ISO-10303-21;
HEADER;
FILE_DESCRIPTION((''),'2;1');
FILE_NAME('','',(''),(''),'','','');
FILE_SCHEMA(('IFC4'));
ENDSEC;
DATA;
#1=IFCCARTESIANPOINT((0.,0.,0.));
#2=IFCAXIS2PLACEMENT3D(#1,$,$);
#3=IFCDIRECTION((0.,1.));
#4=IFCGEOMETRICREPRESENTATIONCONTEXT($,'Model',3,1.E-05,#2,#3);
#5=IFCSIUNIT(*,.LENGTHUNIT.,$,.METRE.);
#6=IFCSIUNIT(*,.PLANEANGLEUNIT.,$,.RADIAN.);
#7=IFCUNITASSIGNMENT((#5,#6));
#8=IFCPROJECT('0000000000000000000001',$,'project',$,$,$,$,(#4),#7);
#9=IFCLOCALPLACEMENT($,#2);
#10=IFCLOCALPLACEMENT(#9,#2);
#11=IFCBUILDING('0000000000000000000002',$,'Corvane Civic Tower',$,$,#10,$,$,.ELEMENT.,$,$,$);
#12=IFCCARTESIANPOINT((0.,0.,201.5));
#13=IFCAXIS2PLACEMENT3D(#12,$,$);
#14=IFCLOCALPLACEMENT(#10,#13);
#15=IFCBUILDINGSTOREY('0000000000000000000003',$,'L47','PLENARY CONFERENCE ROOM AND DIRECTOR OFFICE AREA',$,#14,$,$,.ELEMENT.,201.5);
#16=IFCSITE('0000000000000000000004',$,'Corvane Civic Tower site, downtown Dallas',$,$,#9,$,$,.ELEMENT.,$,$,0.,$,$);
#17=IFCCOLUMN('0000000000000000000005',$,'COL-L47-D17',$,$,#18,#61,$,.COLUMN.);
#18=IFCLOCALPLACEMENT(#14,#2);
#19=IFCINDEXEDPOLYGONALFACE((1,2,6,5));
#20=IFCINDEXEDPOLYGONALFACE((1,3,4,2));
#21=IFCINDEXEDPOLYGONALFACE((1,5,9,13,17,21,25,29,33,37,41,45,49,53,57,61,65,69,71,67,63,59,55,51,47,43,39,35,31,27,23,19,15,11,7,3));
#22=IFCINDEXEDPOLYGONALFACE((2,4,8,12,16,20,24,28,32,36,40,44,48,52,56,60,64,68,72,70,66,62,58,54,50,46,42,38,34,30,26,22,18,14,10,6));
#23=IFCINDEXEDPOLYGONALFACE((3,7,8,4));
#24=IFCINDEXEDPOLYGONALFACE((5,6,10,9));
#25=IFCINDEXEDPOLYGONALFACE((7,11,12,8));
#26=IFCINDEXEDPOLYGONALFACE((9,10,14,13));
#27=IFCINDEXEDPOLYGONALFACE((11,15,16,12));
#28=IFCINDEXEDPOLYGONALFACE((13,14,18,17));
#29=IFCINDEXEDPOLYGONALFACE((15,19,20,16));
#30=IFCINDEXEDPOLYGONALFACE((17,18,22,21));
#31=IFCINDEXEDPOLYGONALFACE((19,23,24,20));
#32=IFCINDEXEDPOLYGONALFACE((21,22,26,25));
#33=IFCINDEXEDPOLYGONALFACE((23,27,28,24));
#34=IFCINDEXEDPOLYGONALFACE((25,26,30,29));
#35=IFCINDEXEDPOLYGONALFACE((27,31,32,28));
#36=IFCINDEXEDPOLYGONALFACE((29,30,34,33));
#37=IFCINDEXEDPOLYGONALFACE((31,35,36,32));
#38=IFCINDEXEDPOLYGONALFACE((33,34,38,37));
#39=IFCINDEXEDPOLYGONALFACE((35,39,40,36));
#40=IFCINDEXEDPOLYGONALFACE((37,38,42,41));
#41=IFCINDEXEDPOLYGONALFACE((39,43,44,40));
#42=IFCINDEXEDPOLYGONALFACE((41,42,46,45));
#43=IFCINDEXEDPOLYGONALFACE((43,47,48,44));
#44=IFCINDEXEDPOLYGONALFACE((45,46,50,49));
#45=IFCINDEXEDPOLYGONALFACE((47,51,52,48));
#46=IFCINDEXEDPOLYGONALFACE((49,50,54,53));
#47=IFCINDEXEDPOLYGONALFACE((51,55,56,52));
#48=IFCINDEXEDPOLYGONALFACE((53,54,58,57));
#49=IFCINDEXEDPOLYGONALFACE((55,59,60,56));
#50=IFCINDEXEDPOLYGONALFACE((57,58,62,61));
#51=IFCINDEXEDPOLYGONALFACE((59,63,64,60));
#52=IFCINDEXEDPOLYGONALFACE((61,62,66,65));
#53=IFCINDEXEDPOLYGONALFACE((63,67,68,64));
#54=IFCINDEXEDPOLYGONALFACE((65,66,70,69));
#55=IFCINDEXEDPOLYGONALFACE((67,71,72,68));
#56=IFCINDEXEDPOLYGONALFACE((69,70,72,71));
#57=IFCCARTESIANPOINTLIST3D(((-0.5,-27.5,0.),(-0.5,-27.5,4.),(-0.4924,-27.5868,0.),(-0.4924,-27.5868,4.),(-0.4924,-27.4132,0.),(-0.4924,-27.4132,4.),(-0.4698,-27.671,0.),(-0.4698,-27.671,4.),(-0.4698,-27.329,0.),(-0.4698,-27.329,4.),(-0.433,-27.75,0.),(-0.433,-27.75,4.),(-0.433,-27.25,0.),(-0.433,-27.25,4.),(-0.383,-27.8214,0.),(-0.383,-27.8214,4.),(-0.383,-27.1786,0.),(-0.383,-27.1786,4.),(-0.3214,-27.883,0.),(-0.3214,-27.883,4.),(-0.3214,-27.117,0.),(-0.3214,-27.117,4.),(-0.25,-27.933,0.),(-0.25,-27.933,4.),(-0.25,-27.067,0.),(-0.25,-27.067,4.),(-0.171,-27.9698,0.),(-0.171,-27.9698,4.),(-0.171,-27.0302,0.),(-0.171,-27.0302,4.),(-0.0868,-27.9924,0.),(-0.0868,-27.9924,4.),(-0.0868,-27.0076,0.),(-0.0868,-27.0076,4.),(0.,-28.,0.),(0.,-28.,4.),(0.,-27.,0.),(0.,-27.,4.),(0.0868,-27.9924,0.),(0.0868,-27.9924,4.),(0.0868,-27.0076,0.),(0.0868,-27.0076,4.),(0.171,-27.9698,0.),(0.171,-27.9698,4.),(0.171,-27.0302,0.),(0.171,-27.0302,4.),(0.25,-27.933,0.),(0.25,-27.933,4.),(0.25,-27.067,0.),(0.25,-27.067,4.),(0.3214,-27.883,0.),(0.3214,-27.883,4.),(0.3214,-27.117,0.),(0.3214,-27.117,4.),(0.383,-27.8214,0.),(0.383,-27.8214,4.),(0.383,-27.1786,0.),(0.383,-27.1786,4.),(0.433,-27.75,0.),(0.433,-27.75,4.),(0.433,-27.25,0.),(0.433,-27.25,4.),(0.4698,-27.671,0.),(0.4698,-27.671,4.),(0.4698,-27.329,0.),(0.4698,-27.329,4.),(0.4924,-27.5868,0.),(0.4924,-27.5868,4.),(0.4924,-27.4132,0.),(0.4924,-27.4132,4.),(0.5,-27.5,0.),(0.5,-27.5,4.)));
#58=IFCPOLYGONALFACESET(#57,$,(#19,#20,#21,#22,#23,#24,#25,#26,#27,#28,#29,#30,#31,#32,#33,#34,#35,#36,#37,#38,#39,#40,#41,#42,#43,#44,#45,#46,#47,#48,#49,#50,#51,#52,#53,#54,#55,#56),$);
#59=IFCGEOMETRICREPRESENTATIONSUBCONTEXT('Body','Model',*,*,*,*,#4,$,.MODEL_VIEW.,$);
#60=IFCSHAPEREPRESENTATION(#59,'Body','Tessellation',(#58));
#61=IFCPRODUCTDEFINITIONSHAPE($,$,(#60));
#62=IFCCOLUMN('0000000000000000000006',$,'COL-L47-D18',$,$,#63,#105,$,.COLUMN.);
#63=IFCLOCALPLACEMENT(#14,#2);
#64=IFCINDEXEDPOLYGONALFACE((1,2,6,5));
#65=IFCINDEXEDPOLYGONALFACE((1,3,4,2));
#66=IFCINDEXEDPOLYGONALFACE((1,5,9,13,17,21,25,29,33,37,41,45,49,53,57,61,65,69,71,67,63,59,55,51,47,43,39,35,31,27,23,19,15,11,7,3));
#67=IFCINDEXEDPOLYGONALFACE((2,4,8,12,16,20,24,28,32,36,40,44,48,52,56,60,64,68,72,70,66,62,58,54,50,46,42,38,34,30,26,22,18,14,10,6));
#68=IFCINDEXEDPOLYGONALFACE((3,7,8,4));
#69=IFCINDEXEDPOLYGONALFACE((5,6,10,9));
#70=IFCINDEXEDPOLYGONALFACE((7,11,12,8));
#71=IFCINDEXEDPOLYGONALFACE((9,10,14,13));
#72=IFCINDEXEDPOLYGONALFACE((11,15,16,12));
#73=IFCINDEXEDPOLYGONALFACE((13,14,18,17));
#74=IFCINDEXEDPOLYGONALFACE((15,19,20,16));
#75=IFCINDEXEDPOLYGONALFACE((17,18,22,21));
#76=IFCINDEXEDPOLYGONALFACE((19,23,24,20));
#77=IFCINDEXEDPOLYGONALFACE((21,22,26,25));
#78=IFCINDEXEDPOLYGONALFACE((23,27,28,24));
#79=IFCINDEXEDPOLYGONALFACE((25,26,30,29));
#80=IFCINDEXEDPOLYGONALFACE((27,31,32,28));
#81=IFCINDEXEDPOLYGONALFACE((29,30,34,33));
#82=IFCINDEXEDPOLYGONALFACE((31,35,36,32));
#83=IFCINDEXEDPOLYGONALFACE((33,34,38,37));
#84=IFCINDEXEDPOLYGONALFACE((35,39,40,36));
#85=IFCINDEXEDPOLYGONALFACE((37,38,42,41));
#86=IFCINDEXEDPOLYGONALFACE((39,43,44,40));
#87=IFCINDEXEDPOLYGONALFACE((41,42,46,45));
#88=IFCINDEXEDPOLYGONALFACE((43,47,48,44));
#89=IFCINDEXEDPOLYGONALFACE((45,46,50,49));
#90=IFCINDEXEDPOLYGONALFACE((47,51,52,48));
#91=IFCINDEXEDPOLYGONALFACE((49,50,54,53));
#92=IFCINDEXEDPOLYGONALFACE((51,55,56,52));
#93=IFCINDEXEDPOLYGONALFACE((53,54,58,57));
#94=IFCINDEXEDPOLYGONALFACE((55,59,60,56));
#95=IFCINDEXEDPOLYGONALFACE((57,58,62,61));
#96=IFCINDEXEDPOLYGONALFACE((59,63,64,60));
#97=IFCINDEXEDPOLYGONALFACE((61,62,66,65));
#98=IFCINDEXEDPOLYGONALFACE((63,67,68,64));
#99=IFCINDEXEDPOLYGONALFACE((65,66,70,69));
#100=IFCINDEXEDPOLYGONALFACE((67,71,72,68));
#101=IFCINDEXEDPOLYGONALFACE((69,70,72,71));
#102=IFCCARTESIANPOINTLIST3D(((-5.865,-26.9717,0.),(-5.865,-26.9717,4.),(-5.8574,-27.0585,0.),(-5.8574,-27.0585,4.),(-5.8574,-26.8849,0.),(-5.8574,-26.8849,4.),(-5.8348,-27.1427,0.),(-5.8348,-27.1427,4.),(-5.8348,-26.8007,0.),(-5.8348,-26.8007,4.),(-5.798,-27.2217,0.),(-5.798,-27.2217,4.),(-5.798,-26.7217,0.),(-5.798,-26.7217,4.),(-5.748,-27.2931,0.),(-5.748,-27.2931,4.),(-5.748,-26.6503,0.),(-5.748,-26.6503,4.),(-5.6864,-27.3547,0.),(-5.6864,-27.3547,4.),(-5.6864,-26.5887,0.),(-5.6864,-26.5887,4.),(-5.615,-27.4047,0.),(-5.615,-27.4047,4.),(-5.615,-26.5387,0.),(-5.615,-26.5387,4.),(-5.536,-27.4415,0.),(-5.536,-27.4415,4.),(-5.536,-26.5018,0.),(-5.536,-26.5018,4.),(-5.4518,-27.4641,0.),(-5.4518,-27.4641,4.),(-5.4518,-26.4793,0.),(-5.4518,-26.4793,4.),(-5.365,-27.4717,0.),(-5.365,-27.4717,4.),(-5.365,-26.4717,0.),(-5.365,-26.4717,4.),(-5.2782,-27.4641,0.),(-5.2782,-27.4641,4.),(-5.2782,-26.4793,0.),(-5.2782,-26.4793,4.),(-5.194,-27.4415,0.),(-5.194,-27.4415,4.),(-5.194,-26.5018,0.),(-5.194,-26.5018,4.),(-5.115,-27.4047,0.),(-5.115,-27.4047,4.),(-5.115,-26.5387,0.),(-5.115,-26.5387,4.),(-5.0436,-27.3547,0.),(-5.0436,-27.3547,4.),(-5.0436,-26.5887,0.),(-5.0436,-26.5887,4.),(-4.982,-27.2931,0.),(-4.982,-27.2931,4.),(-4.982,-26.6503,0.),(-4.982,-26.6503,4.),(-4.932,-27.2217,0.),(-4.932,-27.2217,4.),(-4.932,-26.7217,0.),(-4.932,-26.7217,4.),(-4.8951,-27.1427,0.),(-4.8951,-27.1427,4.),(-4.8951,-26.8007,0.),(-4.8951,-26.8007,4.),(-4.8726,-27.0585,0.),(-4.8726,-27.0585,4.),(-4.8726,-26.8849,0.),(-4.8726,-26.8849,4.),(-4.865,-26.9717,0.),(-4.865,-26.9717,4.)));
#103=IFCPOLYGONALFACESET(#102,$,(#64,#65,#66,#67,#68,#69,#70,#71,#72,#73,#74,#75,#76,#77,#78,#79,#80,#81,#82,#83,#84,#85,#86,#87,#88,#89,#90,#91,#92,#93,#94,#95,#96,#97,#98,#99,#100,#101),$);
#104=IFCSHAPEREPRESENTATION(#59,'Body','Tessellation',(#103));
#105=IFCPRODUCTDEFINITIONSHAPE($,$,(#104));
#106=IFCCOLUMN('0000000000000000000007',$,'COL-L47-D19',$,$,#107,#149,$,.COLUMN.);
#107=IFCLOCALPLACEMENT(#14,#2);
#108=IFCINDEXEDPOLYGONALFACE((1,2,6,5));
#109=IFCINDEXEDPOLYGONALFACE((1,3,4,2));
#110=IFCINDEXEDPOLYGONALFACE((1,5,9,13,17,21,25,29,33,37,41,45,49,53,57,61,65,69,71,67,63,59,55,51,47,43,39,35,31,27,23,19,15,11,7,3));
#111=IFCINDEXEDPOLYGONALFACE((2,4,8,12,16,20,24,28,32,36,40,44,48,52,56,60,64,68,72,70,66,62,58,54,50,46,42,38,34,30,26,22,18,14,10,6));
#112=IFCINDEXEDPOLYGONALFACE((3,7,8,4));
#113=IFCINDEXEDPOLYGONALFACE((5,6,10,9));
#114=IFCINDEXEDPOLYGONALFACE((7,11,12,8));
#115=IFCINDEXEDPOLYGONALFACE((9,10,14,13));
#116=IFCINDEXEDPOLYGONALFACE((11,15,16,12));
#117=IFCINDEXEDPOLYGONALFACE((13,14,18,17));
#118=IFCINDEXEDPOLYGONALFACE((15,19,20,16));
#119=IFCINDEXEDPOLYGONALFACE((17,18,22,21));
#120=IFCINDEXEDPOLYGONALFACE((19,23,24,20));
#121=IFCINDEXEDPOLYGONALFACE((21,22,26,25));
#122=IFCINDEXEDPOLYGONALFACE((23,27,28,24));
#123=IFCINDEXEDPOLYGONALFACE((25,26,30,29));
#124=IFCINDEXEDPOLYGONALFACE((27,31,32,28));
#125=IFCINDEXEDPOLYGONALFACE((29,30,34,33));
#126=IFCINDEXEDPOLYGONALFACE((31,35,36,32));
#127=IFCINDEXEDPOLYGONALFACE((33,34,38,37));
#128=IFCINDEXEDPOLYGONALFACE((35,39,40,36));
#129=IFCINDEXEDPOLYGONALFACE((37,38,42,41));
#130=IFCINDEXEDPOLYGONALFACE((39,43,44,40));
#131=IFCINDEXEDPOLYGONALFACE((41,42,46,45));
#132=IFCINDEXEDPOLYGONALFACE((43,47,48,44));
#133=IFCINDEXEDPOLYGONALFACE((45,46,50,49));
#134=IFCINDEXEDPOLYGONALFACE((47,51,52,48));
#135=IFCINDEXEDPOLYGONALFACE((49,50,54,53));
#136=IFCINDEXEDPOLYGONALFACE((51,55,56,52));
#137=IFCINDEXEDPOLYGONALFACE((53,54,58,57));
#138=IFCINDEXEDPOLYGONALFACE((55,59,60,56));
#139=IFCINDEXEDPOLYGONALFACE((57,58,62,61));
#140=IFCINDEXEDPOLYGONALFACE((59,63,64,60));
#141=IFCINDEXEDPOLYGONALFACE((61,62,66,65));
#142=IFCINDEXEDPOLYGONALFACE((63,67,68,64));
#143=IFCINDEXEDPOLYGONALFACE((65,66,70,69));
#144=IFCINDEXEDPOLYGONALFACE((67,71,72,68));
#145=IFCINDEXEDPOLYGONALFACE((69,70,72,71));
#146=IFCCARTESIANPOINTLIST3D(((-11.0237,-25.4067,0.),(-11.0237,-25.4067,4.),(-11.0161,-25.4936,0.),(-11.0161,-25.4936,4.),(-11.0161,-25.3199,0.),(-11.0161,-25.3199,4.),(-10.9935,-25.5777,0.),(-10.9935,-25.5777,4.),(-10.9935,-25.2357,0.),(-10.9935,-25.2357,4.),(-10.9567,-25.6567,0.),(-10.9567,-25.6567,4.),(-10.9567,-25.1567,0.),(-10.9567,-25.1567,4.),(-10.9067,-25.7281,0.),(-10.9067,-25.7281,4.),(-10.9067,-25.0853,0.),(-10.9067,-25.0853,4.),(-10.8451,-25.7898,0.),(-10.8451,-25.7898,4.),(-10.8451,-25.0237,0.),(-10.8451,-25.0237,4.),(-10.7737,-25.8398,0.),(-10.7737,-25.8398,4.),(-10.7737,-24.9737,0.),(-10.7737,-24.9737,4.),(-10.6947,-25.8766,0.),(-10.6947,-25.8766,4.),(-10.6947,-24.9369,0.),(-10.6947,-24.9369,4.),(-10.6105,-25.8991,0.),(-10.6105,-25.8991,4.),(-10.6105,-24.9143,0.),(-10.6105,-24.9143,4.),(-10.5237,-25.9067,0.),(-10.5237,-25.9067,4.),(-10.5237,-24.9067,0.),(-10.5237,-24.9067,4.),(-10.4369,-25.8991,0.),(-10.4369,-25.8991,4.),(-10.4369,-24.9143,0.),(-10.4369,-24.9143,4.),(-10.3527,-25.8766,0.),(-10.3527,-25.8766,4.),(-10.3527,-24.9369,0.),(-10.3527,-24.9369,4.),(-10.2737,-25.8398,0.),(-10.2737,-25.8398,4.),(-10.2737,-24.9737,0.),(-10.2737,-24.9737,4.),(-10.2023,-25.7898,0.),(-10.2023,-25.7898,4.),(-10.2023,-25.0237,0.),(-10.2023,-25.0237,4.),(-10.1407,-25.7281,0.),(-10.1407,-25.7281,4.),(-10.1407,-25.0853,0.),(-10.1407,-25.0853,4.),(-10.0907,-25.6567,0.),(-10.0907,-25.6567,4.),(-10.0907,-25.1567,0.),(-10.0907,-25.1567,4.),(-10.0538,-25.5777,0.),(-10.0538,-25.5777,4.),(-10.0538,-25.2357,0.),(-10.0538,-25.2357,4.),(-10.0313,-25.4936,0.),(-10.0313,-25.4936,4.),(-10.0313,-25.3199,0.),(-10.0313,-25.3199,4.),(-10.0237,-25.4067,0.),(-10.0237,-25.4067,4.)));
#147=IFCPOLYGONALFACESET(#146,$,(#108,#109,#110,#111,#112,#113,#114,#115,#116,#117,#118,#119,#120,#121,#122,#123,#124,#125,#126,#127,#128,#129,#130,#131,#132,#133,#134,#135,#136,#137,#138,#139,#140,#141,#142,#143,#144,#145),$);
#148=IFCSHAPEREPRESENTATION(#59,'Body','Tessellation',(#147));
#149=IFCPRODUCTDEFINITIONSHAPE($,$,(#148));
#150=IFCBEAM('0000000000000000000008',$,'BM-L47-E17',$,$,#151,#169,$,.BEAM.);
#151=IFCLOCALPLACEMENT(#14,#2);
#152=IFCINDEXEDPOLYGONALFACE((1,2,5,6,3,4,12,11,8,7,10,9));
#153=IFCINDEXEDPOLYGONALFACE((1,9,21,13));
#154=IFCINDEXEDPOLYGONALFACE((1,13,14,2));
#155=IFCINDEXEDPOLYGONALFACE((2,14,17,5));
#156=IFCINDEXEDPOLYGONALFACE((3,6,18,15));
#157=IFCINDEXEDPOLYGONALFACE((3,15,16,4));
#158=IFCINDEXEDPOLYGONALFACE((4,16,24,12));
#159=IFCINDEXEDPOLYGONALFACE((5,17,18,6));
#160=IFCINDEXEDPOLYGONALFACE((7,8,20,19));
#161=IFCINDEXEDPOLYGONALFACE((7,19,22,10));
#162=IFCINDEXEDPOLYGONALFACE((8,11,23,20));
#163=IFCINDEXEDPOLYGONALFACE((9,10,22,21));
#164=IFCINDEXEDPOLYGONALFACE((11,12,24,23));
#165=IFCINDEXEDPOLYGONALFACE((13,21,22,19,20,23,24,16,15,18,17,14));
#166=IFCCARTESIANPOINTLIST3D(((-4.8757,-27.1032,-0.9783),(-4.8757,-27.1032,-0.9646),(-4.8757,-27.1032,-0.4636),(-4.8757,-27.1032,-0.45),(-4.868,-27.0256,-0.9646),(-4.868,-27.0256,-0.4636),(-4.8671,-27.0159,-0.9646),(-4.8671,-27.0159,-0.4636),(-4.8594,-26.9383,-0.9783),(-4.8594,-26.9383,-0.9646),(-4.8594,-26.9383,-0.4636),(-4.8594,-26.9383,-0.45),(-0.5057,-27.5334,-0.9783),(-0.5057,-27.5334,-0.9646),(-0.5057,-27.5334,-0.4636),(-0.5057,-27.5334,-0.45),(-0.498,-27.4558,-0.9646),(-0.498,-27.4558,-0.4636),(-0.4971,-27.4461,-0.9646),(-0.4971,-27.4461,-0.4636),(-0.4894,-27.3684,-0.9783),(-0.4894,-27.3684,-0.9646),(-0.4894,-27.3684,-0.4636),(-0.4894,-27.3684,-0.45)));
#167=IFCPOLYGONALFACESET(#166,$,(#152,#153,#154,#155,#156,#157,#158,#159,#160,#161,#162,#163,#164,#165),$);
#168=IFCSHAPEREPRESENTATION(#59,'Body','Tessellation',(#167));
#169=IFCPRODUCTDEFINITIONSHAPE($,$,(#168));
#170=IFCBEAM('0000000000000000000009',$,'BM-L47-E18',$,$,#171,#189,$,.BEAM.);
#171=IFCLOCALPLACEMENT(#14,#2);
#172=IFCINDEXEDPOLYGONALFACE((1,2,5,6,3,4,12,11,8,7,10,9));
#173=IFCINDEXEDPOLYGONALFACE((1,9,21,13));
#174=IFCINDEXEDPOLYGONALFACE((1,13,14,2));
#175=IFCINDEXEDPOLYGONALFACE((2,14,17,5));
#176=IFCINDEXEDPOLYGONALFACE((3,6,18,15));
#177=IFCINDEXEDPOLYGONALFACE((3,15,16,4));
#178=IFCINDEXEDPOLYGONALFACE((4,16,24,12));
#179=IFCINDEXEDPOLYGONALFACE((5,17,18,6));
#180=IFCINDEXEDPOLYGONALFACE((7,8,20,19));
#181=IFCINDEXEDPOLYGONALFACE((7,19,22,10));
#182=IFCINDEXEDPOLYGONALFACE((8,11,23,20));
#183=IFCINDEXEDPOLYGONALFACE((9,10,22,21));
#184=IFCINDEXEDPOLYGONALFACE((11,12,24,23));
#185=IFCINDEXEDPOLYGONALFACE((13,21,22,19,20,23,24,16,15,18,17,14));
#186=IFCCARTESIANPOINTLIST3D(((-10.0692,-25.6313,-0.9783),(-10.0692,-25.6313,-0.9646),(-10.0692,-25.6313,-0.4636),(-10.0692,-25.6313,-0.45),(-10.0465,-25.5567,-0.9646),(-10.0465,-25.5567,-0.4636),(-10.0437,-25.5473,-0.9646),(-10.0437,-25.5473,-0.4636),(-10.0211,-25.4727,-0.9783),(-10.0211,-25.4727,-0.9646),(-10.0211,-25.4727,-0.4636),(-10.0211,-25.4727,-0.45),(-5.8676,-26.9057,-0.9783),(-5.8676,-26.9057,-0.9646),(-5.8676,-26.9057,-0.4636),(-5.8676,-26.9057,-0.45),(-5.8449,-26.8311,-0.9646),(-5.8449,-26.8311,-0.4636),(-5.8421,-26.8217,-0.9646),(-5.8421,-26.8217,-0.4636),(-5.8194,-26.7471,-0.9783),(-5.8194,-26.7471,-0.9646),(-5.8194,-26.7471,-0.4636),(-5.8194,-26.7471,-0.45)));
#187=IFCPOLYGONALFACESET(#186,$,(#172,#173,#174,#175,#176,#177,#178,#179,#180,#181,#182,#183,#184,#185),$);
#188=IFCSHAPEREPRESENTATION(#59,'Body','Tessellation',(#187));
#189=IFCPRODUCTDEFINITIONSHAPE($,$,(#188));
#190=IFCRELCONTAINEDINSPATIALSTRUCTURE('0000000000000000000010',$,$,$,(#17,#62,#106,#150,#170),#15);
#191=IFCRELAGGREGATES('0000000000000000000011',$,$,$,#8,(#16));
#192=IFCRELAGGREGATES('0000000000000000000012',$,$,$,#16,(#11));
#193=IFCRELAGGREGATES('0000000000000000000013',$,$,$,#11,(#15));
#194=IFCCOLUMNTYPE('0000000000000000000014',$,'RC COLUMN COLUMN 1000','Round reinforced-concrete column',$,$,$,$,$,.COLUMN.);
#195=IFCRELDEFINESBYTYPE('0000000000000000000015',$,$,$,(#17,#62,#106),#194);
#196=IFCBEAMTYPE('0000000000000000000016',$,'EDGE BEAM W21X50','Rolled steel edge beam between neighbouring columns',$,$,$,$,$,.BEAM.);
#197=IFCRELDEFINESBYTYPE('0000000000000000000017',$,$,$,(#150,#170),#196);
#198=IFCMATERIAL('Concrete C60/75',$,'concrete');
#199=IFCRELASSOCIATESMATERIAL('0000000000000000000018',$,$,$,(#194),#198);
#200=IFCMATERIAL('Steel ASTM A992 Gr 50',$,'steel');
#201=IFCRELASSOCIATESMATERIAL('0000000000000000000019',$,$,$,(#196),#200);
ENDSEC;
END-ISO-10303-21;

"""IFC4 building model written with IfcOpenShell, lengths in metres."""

from ifc_helpers import new_model, si_unit, direction, frame, origin, origin_2d, place, context, subcontext, project, spatial, circle, i_section, extrude, material, material_profile, profile_set, type_object, element, save


model = new_model("IFC4")

# Units and contexts
model_context = context("Model", 3, precision=1e-05, world=origin(), true_north=direction((0.0, 1.0)))
body_context = subcontext(model_context, "Body", "Model", "MODEL_VIEW")
ifc_project = project(units=[si_unit("LENGTHUNIT", "METRE"), si_unit("PLANEANGLEUNIT", "RADIAN")], contexts=[model_context])

# Site, building, storey
site_placement = place(None, origin())
site = spatial("IfcSite", under=ifc_project, at=site_placement, Name="Corvane Civic Tower site, downtown Dallas", CompositionType="ELEMENT", RefElevation=0.0)
building_placement = place(site_placement, origin())
building = spatial("IfcBuilding", under=site, at=building_placement, Name="Corvane Civic Tower", CompositionType="ELEMENT")
storey_placement = place(building_placement, frame((0.0, 0.0, 201.5)))
storey = spatial("IfcBuildingStorey", under=building, at=storey_placement, Name="L47", Description="PLENARY CONFERENCE ROOM AND DIRECTOR OFFICE AREA", CompositionType="ELEMENT", Elevation=201.5)

# Columns
ifc_material_1 = material(Name="Concrete C60/75", Category="concrete")
ifc_material_profile_1 = material_profile(ifc_material_1, circle(Radius=0.5, at=origin_2d()), Name="COLUMN 1000")
ifc_profile_set_1 = profile_set([ifc_material_profile_1], Name="Concrete C60/75")
column_type = type_object("IfcColumnType", Name="RC COLUMN COLUMN 1000", Description="Round reinforced-concrete column", PredefinedType="COLUMN", material=ifc_profile_set_1)
for number, where, z_axis, x_axis, name in (
    (1, (0.0, -27.5, 0.0), (0.0, 0.0, 1.0), (1.0, 0.0, 0.0), "COL-L47-D17"),
    (2, (-5.365, -26.9717, 0.0), (0.0, 0.0, 1.0), (1.0, 0.0, 0.0), "COL-L47-D18"),
    (3, (-10.5237, -25.4067, 0.0), (0.0, 0.0, 1.0), (1.0, 0.0, 0.0), "COL-L47-D19"),
):
    element("IfcColumn", number, at=place(storey_placement, frame(where, z_axis=z_axis, x_axis=x_axis)), inside=storey, type_object=column_type, Name=name, PredefinedType="COLUMN", context=body_context, shape_type="SweptSolid", body=[
        extrude(circle(Radius=0.5, at=origin_2d()), origin(), (0.0, 0.0, 1.0), 4.0),
    ])

# Beams
ifc_material_2 = material(Name="Steel ASTM A992 Gr 50", Category="steel")
ifc_material_profile_2 = material_profile(ifc_material_2, i_section(OverallWidth=0.1658, OverallDepth=0.5283, WebThickness=0.0098, FlangeThickness=0.0137, at=origin_2d()), Name="W21X50")
ifc_profile_set_2 = profile_set([ifc_material_profile_2], Name="Steel ASTM A992 Gr 50")
beam_type = type_object("IfcBeamType", Name="EDGE BEAM W21X50", Description="Rolled steel edge beam between neighbouring columns", PredefinedType="BEAM", material=ifc_profile_set_2)
beam_1_placement = place(storey_placement, frame((-0.4976, -27.4509, -0.7141), z_axis=(-0.99519, 0.097968, 0.0), x_axis=(-0.097968, -0.99519, 0.0)))
element("IfcBeam", 4, at=beam_1_placement, inside=storey, type_object=beam_type, Name="BM-L47-E17", PredefinedType="BEAM", context=body_context, shape_type="SweptSolid", body=[
    extrude(i_section(OverallWidth=0.1658, OverallDepth=0.5283, WebThickness=0.0098, FlangeThickness=0.0137, at=origin_2d()), origin(), (0.0, 0.0, 1.0), 4.3911),
])
beam_2_placement = place(storey_placement, frame((-5.8435, -26.8264, -0.7141), z_axis=(-0.95695, 0.290254, 0.0), x_axis=(-0.290254, -0.95695, 0.0)))
element("IfcBeam", 5, at=beam_2_placement, inside=storey, type_object=beam_type, Name="BM-L47-E18", PredefinedType="BEAM", context=body_context, shape_type="SweptSolid", body=[
    extrude(i_section(OverallWidth=0.1658, OverallDepth=0.5283, WebThickness=0.0098, FlangeThickness=0.0137, at=origin_2d()), origin(), (0.0, 0.0, 1.0), 4.3906),
])

save(model, "model.ifc")
